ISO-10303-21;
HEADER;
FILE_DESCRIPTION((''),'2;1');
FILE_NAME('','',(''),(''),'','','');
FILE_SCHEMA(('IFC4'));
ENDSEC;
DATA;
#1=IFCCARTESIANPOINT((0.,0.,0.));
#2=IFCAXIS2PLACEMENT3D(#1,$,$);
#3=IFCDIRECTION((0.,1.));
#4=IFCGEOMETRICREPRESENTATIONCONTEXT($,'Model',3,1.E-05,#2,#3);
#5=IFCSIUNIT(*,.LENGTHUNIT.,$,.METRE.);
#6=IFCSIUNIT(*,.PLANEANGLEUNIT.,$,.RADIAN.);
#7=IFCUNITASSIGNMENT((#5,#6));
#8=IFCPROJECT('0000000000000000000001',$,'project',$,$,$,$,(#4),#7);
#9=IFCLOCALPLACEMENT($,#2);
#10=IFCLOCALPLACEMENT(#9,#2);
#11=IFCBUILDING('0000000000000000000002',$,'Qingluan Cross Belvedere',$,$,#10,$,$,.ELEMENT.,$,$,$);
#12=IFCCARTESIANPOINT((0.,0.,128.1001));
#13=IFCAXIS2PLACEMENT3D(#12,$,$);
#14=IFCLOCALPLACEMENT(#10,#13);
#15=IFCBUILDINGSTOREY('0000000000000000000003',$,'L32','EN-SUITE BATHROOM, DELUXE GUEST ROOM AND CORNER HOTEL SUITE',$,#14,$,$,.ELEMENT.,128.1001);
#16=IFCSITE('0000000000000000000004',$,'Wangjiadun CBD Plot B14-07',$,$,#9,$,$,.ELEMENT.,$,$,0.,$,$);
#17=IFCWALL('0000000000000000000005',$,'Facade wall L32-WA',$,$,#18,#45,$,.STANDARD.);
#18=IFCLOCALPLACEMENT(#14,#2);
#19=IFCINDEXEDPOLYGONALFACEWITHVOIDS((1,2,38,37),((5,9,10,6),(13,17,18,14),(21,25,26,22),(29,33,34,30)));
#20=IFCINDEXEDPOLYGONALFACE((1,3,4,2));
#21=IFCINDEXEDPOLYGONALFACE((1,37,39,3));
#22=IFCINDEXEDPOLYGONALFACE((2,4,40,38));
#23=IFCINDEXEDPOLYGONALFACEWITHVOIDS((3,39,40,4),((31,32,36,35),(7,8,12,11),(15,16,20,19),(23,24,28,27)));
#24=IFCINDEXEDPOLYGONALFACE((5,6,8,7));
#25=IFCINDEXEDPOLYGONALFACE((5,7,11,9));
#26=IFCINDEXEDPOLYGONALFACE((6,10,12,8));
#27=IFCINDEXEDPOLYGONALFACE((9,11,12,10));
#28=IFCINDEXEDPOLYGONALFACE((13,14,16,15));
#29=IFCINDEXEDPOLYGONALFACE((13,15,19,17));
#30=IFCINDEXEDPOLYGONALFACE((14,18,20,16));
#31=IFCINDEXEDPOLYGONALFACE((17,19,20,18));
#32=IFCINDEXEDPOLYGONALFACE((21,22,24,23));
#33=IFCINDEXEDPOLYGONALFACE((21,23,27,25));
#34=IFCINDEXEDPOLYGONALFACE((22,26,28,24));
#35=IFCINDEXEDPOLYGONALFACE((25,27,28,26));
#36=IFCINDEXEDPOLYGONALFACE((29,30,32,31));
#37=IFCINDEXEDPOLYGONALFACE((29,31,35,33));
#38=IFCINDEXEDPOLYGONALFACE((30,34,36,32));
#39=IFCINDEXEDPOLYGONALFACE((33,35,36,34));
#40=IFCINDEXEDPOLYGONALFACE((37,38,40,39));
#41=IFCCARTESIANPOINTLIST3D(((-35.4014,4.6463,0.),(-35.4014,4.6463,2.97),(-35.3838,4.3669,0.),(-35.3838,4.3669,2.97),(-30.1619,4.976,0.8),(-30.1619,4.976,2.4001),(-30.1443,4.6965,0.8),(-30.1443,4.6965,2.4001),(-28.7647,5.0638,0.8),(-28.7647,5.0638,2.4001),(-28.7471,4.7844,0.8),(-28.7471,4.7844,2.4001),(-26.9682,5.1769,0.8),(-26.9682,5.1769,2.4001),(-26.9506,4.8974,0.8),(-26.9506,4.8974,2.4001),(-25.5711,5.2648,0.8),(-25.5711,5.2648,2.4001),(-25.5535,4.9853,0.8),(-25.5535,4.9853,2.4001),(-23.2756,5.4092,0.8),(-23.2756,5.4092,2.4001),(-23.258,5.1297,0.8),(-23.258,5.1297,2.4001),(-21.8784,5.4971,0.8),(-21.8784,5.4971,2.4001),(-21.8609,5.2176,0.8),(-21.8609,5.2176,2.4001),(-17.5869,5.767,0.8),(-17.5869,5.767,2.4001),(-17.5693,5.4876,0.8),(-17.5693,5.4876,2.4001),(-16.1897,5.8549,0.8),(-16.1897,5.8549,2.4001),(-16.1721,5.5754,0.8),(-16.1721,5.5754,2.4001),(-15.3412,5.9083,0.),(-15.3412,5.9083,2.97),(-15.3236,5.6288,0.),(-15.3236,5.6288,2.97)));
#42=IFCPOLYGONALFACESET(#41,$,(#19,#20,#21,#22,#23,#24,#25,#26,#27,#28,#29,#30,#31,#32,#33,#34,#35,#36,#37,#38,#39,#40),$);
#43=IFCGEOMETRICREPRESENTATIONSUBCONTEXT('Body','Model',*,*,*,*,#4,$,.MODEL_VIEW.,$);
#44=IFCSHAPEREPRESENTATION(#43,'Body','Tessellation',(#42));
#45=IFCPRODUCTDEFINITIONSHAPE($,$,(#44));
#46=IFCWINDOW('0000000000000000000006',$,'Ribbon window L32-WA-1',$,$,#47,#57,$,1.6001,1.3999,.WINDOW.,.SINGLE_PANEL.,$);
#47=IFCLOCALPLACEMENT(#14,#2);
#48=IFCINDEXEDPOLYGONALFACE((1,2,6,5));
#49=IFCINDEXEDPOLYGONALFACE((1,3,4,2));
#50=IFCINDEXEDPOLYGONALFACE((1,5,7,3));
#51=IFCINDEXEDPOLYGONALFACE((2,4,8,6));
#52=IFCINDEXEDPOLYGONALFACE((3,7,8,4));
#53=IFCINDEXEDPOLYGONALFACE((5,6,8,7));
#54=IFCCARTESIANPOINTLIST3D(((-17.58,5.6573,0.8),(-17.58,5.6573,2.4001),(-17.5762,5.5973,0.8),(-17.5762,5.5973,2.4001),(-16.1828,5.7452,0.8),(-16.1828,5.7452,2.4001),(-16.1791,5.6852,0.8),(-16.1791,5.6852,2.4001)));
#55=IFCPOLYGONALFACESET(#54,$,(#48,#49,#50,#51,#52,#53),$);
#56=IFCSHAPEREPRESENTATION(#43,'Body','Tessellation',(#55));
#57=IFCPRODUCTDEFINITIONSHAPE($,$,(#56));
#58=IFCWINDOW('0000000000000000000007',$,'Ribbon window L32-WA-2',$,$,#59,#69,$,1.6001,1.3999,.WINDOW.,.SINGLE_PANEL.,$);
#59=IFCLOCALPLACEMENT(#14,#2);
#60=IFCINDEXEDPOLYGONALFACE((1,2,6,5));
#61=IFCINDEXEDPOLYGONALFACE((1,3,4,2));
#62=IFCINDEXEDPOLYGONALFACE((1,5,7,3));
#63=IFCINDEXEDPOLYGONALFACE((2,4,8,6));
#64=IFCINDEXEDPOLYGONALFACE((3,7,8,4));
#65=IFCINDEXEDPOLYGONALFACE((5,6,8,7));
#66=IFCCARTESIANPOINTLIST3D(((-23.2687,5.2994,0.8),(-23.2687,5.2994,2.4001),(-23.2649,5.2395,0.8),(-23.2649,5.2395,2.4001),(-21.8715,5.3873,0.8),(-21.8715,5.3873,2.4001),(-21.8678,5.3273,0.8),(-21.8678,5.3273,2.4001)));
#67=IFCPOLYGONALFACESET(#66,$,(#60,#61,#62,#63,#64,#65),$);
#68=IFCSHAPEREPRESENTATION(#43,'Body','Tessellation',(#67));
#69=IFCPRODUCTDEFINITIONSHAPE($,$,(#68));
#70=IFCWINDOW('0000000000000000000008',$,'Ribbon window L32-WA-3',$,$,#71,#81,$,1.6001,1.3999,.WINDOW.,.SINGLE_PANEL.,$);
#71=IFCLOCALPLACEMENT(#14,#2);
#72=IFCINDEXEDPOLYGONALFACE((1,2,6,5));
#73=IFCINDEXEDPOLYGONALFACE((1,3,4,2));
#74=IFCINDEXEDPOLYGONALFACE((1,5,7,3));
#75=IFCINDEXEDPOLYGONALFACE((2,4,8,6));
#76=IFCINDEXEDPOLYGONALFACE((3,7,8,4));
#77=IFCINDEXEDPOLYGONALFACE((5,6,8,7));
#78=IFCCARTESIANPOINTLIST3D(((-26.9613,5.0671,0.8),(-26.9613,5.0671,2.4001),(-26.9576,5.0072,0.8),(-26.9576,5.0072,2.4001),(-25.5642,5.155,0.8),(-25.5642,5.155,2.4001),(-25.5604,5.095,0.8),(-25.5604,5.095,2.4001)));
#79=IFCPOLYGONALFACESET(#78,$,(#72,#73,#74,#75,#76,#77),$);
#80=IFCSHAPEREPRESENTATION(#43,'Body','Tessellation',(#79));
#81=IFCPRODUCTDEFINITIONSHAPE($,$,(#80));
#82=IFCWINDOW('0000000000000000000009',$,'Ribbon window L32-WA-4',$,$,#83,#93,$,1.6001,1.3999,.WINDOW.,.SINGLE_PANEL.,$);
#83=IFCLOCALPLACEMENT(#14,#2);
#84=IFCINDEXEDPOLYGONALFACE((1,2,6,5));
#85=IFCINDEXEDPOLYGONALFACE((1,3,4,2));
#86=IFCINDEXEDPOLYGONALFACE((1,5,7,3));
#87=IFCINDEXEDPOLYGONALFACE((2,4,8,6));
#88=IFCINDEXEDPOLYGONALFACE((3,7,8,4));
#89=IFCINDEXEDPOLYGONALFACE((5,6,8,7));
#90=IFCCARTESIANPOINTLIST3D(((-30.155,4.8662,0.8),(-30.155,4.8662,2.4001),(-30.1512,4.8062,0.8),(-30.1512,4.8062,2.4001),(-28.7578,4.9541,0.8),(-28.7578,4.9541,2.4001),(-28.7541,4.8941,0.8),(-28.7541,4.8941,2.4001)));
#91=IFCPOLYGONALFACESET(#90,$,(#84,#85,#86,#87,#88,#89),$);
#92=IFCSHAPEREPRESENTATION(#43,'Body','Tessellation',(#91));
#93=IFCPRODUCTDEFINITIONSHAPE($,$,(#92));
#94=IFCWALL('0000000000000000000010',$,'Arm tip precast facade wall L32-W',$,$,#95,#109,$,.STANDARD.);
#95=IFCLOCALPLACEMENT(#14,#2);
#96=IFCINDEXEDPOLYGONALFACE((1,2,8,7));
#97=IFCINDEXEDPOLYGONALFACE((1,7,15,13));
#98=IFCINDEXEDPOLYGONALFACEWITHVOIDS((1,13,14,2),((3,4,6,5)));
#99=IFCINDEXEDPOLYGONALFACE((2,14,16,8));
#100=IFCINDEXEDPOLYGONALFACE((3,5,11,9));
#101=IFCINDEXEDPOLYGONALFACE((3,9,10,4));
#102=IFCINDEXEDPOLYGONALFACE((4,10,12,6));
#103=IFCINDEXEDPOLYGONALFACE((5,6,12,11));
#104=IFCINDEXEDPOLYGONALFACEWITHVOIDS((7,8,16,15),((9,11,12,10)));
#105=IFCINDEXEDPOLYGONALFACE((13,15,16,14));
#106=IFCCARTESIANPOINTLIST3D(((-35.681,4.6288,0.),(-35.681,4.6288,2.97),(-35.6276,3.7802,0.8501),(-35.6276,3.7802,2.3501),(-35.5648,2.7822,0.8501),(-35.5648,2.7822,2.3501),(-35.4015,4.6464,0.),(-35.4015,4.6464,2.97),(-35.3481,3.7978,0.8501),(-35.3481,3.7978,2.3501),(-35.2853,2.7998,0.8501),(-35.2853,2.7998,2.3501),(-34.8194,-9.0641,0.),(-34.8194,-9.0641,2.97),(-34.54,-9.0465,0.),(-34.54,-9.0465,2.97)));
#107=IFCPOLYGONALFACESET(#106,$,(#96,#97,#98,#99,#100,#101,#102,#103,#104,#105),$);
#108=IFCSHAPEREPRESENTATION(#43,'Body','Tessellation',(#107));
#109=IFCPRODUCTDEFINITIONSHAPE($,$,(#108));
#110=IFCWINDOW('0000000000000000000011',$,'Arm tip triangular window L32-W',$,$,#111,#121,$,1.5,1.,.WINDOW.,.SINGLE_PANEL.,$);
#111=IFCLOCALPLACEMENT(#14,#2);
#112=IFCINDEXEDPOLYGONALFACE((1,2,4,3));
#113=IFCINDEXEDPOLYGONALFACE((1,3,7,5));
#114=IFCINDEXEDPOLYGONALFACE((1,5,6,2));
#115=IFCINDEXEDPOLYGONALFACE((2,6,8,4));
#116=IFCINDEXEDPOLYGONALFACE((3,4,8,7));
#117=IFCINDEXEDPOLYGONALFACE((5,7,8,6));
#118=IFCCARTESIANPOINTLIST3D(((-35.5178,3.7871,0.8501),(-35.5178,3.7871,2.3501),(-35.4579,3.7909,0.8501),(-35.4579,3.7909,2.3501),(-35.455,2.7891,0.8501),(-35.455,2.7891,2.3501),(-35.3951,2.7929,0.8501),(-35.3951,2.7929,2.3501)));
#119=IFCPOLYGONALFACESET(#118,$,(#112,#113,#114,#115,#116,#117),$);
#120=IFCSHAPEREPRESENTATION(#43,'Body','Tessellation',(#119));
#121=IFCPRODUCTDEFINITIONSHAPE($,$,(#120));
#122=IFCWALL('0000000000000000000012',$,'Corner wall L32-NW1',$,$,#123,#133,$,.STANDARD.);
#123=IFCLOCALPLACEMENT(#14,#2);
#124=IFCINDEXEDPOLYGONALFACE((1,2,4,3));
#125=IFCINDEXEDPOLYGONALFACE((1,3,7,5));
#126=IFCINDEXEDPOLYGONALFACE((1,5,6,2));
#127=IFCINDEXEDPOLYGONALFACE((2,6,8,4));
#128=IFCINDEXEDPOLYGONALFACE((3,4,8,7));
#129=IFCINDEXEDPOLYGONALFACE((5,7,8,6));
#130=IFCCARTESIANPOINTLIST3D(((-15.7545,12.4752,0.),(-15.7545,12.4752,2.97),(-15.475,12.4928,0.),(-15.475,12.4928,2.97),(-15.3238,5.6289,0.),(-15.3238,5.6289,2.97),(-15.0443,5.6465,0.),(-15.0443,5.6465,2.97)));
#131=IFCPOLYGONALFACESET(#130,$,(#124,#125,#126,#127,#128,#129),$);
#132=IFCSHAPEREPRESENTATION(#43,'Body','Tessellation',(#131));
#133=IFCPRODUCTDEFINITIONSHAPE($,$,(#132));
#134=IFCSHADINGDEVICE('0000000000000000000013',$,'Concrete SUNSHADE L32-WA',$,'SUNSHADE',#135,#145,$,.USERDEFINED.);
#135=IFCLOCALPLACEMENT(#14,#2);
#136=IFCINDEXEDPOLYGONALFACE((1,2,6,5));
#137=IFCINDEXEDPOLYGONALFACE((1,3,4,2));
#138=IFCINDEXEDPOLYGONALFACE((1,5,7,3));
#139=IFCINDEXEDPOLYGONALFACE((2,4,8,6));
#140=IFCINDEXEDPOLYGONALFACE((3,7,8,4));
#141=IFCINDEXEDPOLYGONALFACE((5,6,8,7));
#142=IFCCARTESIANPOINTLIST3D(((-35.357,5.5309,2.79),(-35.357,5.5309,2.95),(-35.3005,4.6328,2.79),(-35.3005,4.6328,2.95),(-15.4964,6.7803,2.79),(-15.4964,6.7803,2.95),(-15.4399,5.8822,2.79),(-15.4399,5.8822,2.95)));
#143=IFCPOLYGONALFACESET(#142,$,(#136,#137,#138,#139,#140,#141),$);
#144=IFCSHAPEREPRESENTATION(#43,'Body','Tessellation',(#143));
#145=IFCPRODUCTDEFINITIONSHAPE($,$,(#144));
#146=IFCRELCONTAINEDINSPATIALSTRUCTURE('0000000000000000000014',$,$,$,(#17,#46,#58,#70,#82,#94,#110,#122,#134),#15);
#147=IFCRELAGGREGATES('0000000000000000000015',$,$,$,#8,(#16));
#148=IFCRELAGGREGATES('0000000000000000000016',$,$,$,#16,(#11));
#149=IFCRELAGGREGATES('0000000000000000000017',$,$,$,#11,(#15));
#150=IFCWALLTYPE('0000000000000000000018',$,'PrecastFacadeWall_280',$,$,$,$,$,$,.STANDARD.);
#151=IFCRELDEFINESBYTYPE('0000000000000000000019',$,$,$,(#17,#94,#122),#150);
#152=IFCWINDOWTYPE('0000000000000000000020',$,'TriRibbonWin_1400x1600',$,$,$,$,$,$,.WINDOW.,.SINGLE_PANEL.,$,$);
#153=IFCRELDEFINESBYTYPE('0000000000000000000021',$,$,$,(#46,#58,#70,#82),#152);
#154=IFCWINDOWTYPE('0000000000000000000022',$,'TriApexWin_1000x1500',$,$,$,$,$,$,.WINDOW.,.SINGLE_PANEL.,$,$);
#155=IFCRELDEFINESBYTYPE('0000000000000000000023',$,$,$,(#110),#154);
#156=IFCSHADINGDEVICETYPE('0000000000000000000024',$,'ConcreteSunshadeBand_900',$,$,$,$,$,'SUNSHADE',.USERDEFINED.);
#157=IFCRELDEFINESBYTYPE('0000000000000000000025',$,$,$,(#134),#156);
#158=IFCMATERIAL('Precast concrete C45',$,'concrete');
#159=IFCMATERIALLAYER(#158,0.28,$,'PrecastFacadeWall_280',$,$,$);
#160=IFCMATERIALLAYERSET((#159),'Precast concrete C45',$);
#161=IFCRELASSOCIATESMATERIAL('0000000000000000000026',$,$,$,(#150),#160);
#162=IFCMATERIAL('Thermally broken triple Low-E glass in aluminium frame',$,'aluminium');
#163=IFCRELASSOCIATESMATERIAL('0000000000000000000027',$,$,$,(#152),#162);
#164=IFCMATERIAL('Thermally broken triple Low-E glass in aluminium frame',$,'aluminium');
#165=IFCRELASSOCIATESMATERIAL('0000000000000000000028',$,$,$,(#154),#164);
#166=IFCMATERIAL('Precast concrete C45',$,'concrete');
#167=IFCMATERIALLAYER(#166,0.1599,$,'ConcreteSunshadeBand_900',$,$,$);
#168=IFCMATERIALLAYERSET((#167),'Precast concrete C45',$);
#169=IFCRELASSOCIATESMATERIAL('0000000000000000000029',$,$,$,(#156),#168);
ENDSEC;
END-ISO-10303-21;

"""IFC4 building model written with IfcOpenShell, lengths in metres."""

from ifc_helpers import new_model, si_unit, direction, frame, frame_2d, origin, origin_2d, place, context, subcontext, project, spatial, rectangle, extrude, material, layer, layer_set, type_object, element, fill, save


model = new_model("IFC4")

# Units and contexts
model_context = context("Model", 3, precision=1e-05, world=origin(), true_north=direction((0.0, 1.0)))
body_context = subcontext(model_context, "Body", "Model", "MODEL_VIEW")
ifc_project = project(units=[si_unit("LENGTHUNIT", "METRE"), si_unit("PLANEANGLEUNIT", "RADIAN")], contexts=[model_context])

# Site, building, storey
site_placement = place(None, origin())
site = spatial("IfcSite", under=ifc_project, at=site_placement, Name="Wangjiadun CBD Plot B14-07", CompositionType="ELEMENT", RefElevation=0.0)
building_placement = place(site_placement, origin())
building = spatial("IfcBuilding", under=site, at=building_placement, Name="Qingluan Cross Belvedere", CompositionType="ELEMENT")
storey_placement = place(building_placement, frame((0.0, 0.0, 128.1001)))
storey = spatial("IfcBuildingStorey", under=building, at=storey_placement, Name="L32", Description="EN-SUITE BATHROOM, DELUXE GUEST ROOM AND CORNER HOTEL SUITE", CompositionType="ELEMENT", Elevation=128.1001)

# Wall, openings, windows
ifc_material_1 = material(Name="Precast concrete C45", Category="concrete")
ifc_layer_1 = layer(ifc_material_1, 0.28, Name="PrecastFacadeWall_280")
ifc_layer_set_1 = layer_set([ifc_layer_1], Name="Precast concrete C45")
wall_type_1 = type_object("IfcWallType", Name="PrecastFacadeWall_280", PredefinedType="STANDARD", material=ifc_layer_set_1)
wall_1_placement = place(storey_placement, frame((-15.3325, 5.7686, 0.0), z_axis=(0.0, 0.0, 1.0), x_axis=(-0.998027, -0.062784, 0.0)))
wall_1 = element("IfcWall", 1, at=wall_1_placement, inside=storey, type_object=wall_type_1, Name="Facade wall L32-WA", PredefinedType="STANDARD", context=body_context, shape_type="SweptSolid", body=[
    extrude(rectangle(XDim=20.0999, YDim=0.28, at=frame_2d((10.0498, 0.0))), origin(), (0.0, 0.0, 1.0), 2.97),
])
opening_1_placement = place(wall_1_placement, frame((0.8501, 0.0, 0.8)))
opening_1 = element("IfcOpeningElement", 2, at=opening_1_placement, cuts=wall_1, PredefinedType="OPENING", context=body_context, shape_type="SweptSolid", body=[
    extrude(rectangle(XDim=1.3999, YDim=1.6001, at=frame_2d((0.7, 0.8))), frame((0.0, 0.1499, 0.0), z_axis=(0.0, -1.0, 0.0), x_axis=(1.0, 0.0, 0.0)), (0.0, 0.0, 1.0), 0.3),
])
opening_2_placement = place(wall_1_placement, frame((6.55, 0.0, 0.8)))
opening_2 = element("IfcOpeningElement", 3, at=opening_2_placement, cuts=wall_1, PredefinedType="OPENING", context=body_context, shape_type="SweptSolid", body=[
    extrude(rectangle(XDim=1.3999, YDim=1.6001, at=frame_2d((0.7, 0.8))), frame((0.0, 0.1499, 0.0), z_axis=(0.0, -1.0, 0.0), x_axis=(1.0, 0.0, 0.0)), (0.0, 0.0, 1.0), 0.3),
])
opening_3_placement = place(wall_1_placement, frame((10.25, 0.0, 0.8)))
opening_3 = element("IfcOpeningElement", 4, at=opening_3_placement, cuts=wall_1, PredefinedType="OPENING", context=body_context, shape_type="SweptSolid", body=[
    extrude(rectangle(XDim=1.3999, YDim=1.6001, at=frame_2d((0.7, 0.8))), frame((0.0, 0.1499, 0.0), z_axis=(0.0, -1.0, 0.0), x_axis=(1.0, 0.0, 0.0)), (0.0, 0.0, 1.0), 0.3),
])
opening_4_placement = place(wall_1_placement, frame((13.45, 0.0, 0.8)))
opening_4 = element("IfcOpeningElement", 5, at=opening_4_placement, cuts=wall_1, PredefinedType="OPENING", context=body_context, shape_type="SweptSolid", body=[
    extrude(rectangle(XDim=1.3999, YDim=1.6001, at=frame_2d((0.7, 0.8))), frame((0.0, 0.1499, 0.0), z_axis=(0.0, -1.0, 0.0), x_axis=(1.0, 0.0, 0.0)), (0.0, 0.0, 1.0), 0.3),
])
ifc_material_2 = material(Name="Thermally broken triple Low-E glass in aluminium frame", Category="aluminium")
window_type_1 = type_object("IfcWindowType", Name="TriRibbonWin_1400x1600", PartitioningType="SINGLE_PANEL", PredefinedType="WINDOW", material=ifc_material_2)
window_1_placement = place(opening_1_placement, origin())
window_1 = element("IfcWindow", 6, at=window_1_placement, inside=storey, type_object=window_type_1, Name="Ribbon window L32-WA-1", OverallHeight=1.6001, OverallWidth=1.3999, PartitioningType="SINGLE_PANEL", PredefinedType="WINDOW", context=body_context, shape_type="SweptSolid", body=[
    extrude(rectangle(XDim=1.3999, YDim=1.6001, at=frame_2d((0.7, 0.8))), frame((0.0, 0.03, 0.0), z_axis=(0.0, -1.0, 0.0), x_axis=(1.0, 0.0, 0.0)), (0.0, 0.0, 1.0), 0.0601),
])
fill(opening_1, window_1)
window_2_placement = place(opening_2_placement, origin())
window_2 = element("IfcWindow", 7, at=window_2_placement, inside=storey, type_object=window_type_1, Name="Ribbon window L32-WA-2", OverallHeight=1.6001, OverallWidth=1.3999, PartitioningType="SINGLE_PANEL", PredefinedType="WINDOW", context=body_context, shape_type="SweptSolid", body=[
    extrude(rectangle(XDim=1.3999, YDim=1.6001, at=frame_2d((0.7, 0.8))), frame((0.0, 0.03, 0.0), z_axis=(0.0, -1.0, 0.0), x_axis=(1.0, 0.0, 0.0)), (0.0, 0.0, 1.0), 0.0601),
])
fill(opening_2, window_2)
window_3_placement = place(opening_3_placement, origin())
window_3 = element("IfcWindow", 8, at=window_3_placement, inside=storey, type_object=window_type_1, Name="Ribbon window L32-WA-3", OverallHeight=1.6001, OverallWidth=1.3999, PartitioningType="SINGLE_PANEL", PredefinedType="WINDOW", context=body_context, shape_type="SweptSolid", body=[
    extrude(rectangle(XDim=1.3999, YDim=1.6001, at=frame_2d((0.7, 0.8))), frame((0.0, 0.03, 0.0), z_axis=(0.0, -1.0, 0.0), x_axis=(1.0, 0.0, 0.0)), (0.0, 0.0, 1.0), 0.0601),
])
fill(opening_3, window_3)
window_4_placement = place(opening_4_placement, origin())
window_4 = element("IfcWindow", 9, at=window_4_placement, inside=storey, type_object=window_type_1, Name="Ribbon window L32-WA-4", OverallHeight=1.6001, OverallWidth=1.3999, PartitioningType="SINGLE_PANEL", PredefinedType="WINDOW", context=body_context, shape_type="SweptSolid", body=[
    extrude(rectangle(XDim=1.3999, YDim=1.6001, at=frame_2d((0.7, 0.8))), frame((0.0, 0.03, 0.0), z_axis=(0.0, -1.0, 0.0), x_axis=(1.0, 0.0, 0.0)), (0.0, 0.0, 1.0), 0.0601),
])
fill(opening_4, window_4)

# Wall, opening, window
wall_2_placement = place(storey_placement, frame((-35.5413, 4.6375, 0.0), z_axis=(0.0, 0.0, 1.0), x_axis=(0.062797, -0.998026, 0.0)))
wall_2 = element("IfcWall", 10, at=wall_2_placement, inside=storey, type_object=wall_type_1, Name="Arm tip precast facade wall L32-W", PredefinedType="STANDARD", context=body_context, shape_type="SweptSolid", body=[
    extrude(rectangle(XDim=13.72, YDim=0.28, at=frame_2d((6.8599, 0.0))), origin(), (0.0, 0.0, 1.0), 2.97),
])
opening_5_placement = place(wall_2_placement, frame((0.8501, 0.0, 0.8501)))
opening_5 = element("IfcOpeningElement", 11, at=opening_5_placement, cuts=wall_2, PredefinedType="OPENING", context=body_context, shape_type="SweptSolid", body=[
    extrude(rectangle(XDim=1.0, YDim=1.5, at=frame_2d((0.5, 0.75))), frame((0.0, 0.1499, 0.0), z_axis=(0.0, -1.0, 0.0), x_axis=(1.0, 0.0, 0.0)), (0.0, 0.0, 1.0), 0.3),
])
ifc_material_3 = material(Name="Thermally broken triple Low-E glass in aluminium frame", Category="aluminium")
window_type_2 = type_object("IfcWindowType", Name="TriApexWin_1000x1500", PartitioningType="SINGLE_PANEL", PredefinedType="WINDOW", material=ifc_material_3)
window_5_placement = place(opening_5_placement, origin())
window_5 = element("IfcWindow", 12, at=window_5_placement, inside=storey, type_object=window_type_2, Name="Arm tip triangular window L32-W", OverallHeight=1.5, OverallWidth=1.0, PartitioningType="SINGLE_PANEL", PredefinedType="WINDOW", context=body_context, shape_type="SweptSolid", body=[
    extrude(rectangle(XDim=1.0, YDim=1.5, at=frame_2d((0.5, 0.75))), frame((0.0, 0.03, 0.0), z_axis=(0.0, -1.0, 0.0), x_axis=(1.0, 0.0, 0.0)), (0.0, 0.0, 1.0), 0.0601),
])
fill(opening_5, window_5)

# Wall
wall_3_placement = place(storey_placement, frame((-15.1841, 5.6377, 0.0), z_axis=(0.0, 0.0, 1.0), x_axis=(-0.062779, 0.998027, 0.0)))
element("IfcWall", 13, at=wall_3_placement, inside=storey, type_object=wall_type_1, Name="Corner wall L32-NW1", PredefinedType="STANDARD", context=body_context, shape_type="SweptSolid", body=[
    extrude(rectangle(XDim=6.8599, YDim=0.28, at=frame_2d((3.4299, 0.0))), origin(), (0.0, 0.0, 1.0), 2.97),
])

# Shading device
ifc_material_4 = material(Name="Precast concrete C45", Category="concrete")
ifc_layer_2 = layer(ifc_material_4, 0.1599, Name="ConcreteSunshadeBand_900")
ifc_layer_set_2 = layer_set([ifc_layer_2], Name="Precast concrete C45")
shading_device_type = type_object("IfcShadingDeviceType", Name="ConcreteSunshadeBand_900", ElementType="SUNSHADE", PredefinedType="USERDEFINED", material=ifc_layer_set_2)
shading_device_placement = place(storey_placement, frame((-25.3984, 5.7065, 2.79), z_axis=(0.0, 0.0, 1.0), x_axis=(-0.998027, -0.062786, 0.0)))
element("IfcShadingDevice", 14, at=shading_device_placement, inside=storey, type_object=shading_device_type, Name="Concrete SUNSHADE L32-WA", ObjectType="SUNSHADE", PredefinedType="USERDEFINED", context=body_context, shape_type="SweptSolid", body=[
    extrude(rectangle(XDim=19.8999, YDim=0.8999, at=origin_2d()), origin(), (0.0, 0.0, 1.0), 0.1599),
])

save(model, "model.ifc")
